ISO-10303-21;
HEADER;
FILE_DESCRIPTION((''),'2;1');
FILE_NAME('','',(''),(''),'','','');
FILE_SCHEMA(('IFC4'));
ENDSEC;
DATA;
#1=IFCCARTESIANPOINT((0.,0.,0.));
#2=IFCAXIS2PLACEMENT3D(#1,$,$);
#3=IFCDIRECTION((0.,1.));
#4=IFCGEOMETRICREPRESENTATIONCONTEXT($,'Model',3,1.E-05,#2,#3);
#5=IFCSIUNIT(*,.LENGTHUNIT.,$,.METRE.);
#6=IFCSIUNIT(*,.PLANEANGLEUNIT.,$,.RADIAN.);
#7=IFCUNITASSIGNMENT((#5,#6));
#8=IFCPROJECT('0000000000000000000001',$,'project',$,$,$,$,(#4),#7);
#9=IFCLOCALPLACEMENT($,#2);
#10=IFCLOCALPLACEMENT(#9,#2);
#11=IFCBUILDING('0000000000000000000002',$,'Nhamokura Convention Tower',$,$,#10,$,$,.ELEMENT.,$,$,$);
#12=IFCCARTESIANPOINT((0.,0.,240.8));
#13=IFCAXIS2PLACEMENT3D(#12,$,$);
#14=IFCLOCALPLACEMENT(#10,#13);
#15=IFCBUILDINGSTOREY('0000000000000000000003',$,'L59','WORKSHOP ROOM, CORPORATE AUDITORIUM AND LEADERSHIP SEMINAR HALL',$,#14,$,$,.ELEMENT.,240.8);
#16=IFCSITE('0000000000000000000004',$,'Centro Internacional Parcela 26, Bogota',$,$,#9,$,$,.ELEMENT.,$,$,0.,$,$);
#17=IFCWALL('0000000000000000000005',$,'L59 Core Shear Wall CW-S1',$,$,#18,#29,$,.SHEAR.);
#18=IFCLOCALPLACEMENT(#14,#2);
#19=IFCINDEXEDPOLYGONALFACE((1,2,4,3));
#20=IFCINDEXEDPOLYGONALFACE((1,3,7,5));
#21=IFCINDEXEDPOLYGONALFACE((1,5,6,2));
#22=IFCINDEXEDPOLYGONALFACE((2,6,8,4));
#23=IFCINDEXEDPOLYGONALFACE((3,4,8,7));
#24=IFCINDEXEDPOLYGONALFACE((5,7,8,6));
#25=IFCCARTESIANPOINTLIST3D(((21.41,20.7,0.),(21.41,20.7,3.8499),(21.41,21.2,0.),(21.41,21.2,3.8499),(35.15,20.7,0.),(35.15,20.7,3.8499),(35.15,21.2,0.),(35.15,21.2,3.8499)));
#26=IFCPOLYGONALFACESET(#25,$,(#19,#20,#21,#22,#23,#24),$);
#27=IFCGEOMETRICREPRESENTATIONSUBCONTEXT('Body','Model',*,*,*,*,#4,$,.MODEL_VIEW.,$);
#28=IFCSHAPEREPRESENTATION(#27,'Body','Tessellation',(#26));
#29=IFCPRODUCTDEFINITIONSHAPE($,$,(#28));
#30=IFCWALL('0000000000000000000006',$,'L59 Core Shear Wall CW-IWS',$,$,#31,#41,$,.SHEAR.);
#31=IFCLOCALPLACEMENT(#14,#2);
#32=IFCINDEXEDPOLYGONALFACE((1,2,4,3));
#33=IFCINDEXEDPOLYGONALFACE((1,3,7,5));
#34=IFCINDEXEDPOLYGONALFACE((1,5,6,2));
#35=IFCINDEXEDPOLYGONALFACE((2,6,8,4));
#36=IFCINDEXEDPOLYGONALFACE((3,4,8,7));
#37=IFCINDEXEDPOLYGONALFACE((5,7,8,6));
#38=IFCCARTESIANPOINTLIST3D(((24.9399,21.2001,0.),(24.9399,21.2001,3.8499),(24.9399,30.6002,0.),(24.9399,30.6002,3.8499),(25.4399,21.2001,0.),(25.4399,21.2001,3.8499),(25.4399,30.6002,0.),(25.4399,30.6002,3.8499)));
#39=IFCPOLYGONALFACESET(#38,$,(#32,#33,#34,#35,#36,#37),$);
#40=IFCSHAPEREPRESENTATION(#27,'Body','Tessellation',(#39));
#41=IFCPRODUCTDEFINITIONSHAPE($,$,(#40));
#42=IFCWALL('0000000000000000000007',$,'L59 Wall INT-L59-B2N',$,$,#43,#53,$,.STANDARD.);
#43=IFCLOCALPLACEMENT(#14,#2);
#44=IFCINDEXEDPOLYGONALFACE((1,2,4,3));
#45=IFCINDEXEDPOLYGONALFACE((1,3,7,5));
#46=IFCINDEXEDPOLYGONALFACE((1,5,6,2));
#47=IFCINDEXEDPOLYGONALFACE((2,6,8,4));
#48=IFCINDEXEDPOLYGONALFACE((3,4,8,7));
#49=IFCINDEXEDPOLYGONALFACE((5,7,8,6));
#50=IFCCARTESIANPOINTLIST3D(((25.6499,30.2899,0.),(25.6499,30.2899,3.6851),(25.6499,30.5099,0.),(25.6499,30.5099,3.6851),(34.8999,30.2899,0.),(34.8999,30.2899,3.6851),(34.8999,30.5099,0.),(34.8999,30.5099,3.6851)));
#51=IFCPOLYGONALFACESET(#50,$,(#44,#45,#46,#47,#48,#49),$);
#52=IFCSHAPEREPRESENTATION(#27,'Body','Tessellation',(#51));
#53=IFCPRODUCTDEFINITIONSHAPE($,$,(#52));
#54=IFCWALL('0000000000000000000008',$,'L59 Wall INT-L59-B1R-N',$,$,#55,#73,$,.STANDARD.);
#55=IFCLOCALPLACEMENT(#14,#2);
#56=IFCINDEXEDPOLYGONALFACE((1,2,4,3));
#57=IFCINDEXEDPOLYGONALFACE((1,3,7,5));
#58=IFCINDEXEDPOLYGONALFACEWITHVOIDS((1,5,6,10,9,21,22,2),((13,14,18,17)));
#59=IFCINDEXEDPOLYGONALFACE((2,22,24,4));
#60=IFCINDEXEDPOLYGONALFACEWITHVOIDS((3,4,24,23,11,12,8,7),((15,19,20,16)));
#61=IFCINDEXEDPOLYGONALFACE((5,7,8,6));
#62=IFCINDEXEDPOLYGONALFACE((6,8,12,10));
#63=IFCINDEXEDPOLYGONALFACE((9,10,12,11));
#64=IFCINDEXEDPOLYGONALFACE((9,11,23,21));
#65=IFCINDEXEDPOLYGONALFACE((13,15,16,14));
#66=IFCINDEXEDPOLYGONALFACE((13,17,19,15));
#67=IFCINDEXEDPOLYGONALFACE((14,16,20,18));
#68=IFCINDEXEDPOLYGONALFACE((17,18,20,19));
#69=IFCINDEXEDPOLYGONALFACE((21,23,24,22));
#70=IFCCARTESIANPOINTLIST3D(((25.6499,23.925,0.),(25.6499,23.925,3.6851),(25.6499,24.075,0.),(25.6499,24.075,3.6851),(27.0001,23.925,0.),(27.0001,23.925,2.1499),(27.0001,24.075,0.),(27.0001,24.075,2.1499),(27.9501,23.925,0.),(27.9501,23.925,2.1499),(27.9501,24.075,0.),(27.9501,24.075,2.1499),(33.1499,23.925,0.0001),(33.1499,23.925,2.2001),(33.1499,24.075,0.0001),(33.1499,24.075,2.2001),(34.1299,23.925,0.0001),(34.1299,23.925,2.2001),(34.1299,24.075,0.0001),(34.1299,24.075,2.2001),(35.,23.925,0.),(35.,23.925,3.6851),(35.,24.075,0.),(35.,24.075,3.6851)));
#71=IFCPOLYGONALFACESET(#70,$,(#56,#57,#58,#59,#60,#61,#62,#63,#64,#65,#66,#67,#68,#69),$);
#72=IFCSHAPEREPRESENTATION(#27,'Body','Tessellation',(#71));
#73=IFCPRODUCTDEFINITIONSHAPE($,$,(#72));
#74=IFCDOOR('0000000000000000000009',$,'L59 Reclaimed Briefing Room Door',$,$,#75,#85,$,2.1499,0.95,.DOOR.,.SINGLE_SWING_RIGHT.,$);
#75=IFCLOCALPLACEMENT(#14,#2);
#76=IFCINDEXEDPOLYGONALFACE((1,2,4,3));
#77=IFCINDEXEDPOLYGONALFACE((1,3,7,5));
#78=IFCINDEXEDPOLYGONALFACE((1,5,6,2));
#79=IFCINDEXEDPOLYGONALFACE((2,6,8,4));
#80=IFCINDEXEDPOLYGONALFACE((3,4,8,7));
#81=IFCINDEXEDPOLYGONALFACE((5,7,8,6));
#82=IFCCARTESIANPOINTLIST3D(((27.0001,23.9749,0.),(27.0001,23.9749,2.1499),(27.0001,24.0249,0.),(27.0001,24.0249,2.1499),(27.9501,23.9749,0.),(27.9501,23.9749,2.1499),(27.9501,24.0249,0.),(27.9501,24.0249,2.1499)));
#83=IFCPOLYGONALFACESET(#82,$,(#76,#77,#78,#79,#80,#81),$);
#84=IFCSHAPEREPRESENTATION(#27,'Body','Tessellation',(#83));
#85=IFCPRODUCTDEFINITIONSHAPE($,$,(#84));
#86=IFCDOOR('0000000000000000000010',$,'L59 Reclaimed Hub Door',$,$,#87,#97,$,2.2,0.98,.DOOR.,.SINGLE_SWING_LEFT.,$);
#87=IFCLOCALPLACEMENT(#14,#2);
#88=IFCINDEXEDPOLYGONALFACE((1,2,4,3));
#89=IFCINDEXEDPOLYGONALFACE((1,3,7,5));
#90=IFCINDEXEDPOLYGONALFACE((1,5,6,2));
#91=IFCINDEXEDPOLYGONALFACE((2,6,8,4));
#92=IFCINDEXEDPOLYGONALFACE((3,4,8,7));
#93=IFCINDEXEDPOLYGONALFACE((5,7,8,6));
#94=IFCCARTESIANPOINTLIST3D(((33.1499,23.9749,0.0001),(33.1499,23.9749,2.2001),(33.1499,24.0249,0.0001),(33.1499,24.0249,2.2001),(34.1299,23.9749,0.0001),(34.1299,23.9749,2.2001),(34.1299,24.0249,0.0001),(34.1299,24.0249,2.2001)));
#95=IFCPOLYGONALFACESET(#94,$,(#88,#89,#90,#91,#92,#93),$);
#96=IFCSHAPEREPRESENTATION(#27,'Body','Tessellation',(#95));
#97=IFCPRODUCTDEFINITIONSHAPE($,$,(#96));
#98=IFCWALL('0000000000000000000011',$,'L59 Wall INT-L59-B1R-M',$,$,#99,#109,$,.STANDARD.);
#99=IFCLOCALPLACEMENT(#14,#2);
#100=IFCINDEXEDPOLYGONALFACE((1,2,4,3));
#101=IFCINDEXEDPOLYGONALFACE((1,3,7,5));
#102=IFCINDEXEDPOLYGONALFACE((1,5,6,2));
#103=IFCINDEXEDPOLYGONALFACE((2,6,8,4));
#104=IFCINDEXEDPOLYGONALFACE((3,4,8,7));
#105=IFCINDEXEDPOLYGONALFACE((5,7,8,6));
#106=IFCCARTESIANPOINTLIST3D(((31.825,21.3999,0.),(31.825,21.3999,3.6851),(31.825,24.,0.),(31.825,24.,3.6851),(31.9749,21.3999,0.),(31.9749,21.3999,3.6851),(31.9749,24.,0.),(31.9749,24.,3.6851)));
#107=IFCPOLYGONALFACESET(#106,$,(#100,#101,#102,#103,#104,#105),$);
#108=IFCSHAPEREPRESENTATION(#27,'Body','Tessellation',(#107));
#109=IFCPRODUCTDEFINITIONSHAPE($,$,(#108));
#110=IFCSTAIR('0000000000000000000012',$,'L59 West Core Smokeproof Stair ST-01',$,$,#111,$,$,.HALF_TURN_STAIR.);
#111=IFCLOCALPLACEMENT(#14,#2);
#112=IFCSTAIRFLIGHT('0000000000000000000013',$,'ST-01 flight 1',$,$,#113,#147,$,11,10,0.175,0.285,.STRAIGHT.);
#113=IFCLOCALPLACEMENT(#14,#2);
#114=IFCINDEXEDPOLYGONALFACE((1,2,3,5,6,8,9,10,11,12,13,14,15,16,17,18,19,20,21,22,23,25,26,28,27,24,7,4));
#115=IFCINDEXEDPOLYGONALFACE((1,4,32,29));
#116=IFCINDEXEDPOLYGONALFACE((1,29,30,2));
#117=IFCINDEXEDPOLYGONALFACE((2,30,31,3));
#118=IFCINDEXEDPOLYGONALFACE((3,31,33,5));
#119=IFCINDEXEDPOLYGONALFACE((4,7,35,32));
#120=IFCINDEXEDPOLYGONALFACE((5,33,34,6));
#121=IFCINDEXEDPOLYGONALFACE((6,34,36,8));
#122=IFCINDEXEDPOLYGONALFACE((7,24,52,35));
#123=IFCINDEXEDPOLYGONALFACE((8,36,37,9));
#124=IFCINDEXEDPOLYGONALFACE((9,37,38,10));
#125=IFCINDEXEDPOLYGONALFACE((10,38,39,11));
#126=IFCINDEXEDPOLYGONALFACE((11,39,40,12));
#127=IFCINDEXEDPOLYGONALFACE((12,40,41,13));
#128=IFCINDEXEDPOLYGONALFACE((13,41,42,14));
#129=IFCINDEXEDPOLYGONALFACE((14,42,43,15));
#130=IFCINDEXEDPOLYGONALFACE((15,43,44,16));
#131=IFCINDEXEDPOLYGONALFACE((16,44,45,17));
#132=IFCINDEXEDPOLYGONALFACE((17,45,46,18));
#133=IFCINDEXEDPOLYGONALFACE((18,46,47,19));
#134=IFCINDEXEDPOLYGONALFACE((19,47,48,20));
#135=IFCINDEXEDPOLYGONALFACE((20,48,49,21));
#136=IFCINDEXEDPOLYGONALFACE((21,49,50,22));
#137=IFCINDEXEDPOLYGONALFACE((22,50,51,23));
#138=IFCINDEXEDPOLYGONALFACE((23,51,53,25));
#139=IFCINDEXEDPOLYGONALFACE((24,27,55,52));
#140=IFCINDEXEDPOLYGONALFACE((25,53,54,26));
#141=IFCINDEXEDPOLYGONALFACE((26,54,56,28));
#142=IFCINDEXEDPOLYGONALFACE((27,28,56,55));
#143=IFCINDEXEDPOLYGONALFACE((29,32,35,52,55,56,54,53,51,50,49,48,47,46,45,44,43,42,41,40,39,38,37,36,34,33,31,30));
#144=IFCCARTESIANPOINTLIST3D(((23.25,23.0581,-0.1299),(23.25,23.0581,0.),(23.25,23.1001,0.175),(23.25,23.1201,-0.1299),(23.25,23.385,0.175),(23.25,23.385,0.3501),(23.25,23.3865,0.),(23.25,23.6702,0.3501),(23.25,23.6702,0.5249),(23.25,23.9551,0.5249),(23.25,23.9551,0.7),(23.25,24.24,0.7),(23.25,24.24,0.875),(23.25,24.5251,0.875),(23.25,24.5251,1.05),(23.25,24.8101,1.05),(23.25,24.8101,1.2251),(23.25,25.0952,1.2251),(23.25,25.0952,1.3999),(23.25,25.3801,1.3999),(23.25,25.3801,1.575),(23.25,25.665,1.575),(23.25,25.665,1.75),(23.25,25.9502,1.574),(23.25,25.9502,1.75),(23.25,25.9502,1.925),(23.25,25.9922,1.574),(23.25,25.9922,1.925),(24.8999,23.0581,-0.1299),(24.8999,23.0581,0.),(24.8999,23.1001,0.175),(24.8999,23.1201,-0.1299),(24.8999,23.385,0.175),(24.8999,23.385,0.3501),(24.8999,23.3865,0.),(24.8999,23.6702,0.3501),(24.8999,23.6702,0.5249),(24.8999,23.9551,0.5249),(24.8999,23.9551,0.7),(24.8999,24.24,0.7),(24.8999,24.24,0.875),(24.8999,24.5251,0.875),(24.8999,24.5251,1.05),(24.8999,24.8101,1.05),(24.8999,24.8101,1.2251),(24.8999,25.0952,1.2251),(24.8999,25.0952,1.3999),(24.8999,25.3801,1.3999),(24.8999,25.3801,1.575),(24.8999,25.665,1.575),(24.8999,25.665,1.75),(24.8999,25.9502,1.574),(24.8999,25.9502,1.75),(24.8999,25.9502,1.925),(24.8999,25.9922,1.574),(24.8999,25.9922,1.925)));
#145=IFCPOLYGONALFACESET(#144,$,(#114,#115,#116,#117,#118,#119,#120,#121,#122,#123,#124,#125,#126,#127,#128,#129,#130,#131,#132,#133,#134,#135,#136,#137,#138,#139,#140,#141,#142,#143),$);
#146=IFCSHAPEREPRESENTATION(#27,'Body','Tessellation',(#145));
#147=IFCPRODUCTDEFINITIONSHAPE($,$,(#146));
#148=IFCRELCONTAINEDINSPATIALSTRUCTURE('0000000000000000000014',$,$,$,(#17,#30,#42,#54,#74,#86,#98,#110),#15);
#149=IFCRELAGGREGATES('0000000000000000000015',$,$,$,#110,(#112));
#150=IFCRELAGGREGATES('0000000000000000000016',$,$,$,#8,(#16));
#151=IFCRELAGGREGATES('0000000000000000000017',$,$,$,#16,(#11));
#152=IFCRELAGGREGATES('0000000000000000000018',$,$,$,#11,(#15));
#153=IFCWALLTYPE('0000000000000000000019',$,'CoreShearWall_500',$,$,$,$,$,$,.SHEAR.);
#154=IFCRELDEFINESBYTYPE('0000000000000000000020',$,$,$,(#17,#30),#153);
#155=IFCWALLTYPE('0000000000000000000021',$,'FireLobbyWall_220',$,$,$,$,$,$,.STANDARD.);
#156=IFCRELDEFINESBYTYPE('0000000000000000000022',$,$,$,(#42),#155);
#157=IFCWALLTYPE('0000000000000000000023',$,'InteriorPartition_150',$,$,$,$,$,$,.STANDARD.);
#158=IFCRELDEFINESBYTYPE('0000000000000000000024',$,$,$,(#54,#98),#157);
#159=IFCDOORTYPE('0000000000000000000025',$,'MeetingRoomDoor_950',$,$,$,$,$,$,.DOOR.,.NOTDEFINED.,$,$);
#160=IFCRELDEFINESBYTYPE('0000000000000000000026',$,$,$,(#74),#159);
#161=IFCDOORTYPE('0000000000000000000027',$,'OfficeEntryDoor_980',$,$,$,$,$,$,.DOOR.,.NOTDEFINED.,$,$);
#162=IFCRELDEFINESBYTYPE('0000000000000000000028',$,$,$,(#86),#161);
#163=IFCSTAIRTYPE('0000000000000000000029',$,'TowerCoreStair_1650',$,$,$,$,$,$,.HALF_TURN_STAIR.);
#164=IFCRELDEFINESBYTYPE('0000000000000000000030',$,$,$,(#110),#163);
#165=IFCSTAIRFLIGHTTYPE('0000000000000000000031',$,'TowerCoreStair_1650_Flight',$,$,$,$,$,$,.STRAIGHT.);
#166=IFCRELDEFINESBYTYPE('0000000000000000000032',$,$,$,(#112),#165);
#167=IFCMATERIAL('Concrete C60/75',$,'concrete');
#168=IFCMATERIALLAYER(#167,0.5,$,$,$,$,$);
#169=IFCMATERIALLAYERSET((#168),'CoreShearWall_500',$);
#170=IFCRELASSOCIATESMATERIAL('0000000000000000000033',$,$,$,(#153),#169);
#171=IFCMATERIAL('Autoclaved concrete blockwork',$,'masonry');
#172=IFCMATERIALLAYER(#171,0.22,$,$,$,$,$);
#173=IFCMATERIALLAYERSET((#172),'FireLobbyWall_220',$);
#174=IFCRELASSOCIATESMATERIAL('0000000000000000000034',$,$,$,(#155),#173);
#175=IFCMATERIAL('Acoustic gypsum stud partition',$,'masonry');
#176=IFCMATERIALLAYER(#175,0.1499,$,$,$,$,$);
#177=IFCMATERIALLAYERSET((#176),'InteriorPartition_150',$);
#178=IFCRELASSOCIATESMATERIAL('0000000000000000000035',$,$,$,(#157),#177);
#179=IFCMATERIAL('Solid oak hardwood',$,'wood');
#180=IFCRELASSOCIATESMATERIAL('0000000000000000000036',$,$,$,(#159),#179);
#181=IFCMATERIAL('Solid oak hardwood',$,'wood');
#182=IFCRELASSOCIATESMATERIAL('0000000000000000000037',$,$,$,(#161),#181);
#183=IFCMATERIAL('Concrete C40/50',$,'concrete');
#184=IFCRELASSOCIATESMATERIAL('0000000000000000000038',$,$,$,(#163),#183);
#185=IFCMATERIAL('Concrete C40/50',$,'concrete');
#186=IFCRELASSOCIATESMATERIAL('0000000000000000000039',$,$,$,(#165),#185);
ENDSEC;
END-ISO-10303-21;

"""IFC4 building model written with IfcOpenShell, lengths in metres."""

from ifc_helpers import new_model, si_unit, direction, frame, frame_2d, origin, place, context, subcontext, project, spatial, polyline, rectangle, outline, extrude, material, layer, layer_set, type_object, element, fill, aggregate, save


model = new_model("IFC4")

# Units and contexts
model_context = context("Model", 3, precision=1e-05, world=origin(), true_north=direction((0.0, 1.0)))
body_context = subcontext(model_context, "Body", "Model", "MODEL_VIEW")
ifc_project = project(units=[si_unit("LENGTHUNIT", "METRE"), si_unit("PLANEANGLEUNIT", "RADIAN")], contexts=[model_context])

# Site, building, storey
site_placement = place(None, origin())
site = spatial("IfcSite", under=ifc_project, at=site_placement, Name="Centro Internacional Parcela 26, Bogota", CompositionType="ELEMENT", RefElevation=0.0)
building_placement = place(site_placement, origin())
building = spatial("IfcBuilding", under=site, at=building_placement, Name="Nhamokura Convention Tower", CompositionType="ELEMENT")
storey_placement = place(building_placement, frame((0.0, 0.0, 240.8)))
storey = spatial("IfcBuildingStorey", under=building, at=storey_placement, Name="L59", Description="WORKSHOP ROOM, CORPORATE AUDITORIUM AND LEADERSHIP SEMINAR HALL", CompositionType="ELEMENT", Elevation=240.8)

# Shared definitions
ifc_material_1 = material(Name="Concrete C60/75", Category="concrete")
ifc_layer_1 = layer(ifc_material_1, 0.5)
ifc_layer_set_1 = layer_set([ifc_layer_1], Name="CoreShearWall_500")
wall_type_1 = type_object("IfcWallType", Name="CoreShearWall_500", PredefinedType="SHEAR", material=ifc_layer_set_1)

# Walls
wall_1_placement = place(storey_placement, frame((21.4099, 20.95, 0.0), z_axis=(0.0, 0.0, 1.0), x_axis=(1.0, 0.0, 0.0)))
element("IfcWall", 1, at=wall_1_placement, inside=storey, type_object=wall_type_1, Name="L59 Core Shear Wall CW-S1", PredefinedType="SHEAR", context=body_context, shape_type="SweptSolid", body=[
    extrude(rectangle(XDim=13.74, YDim=0.5, at=frame_2d((6.8701, 0.0))), origin(), (0.0, 0.0, 1.0), 3.8499),
])
wall_2_placement = place(storey_placement, frame((25.1899, 21.2, 0.0), z_axis=(0.0, 0.0, 1.0), x_axis=(0.0, 1.0, 0.0)))
element("IfcWall", 2, at=wall_2_placement, inside=storey, type_object=wall_type_1, Name="L59 Core Shear Wall CW-IWS", PredefinedType="SHEAR", context=body_context, shape_type="SweptSolid", body=[
    extrude(rectangle(XDim=9.4001, YDim=0.5, at=frame_2d((4.7002, 0.0))), origin(), (0.0, 0.0, 1.0), 3.8499),
])

# Shared definitions
ifc_material_2 = material(Name="Autoclaved concrete blockwork", Category="masonry")
ifc_layer_2 = layer(ifc_material_2, 0.22)
ifc_layer_set_2 = layer_set([ifc_layer_2], Name="FireLobbyWall_220")
wall_type_2 = type_object("IfcWallType", Name="FireLobbyWall_220", PredefinedType="STANDARD", material=ifc_layer_set_2)

# Wall
wall_3_placement = place(storey_placement, frame((25.6499, 30.3999, 0.0), z_axis=(0.0, 0.0, 1.0), x_axis=(1.0, 0.0, 0.0)))
element("IfcWall", 3, at=wall_3_placement, inside=storey, type_object=wall_type_2, Name="L59 Wall INT-L59-B2N", PredefinedType="STANDARD", context=body_context, shape_type="SweptSolid", body=[
    extrude(rectangle(XDim=9.25, YDim=0.22, at=frame_2d((4.625, 0.0))), origin(), (0.0, 0.0, 1.0), 3.6851),
])

# Wall, openings, doors
ifc_material_3 = material(Name="Acoustic gypsum stud partition", Category="masonry")
ifc_layer_3 = layer(ifc_material_3, 0.1499)
ifc_layer_set_3 = layer_set([ifc_layer_3], Name="InteriorPartition_150")
wall_type_3 = type_object("IfcWallType", Name="InteriorPartition_150", PredefinedType="STANDARD", material=ifc_layer_set_3)
wall_4_placement = place(storey_placement, frame((25.6499, 24.0, 0.0), z_axis=(0.0, 0.0, 1.0), x_axis=(1.0, 0.0, 0.0)))
wall_4 = element("IfcWall", 4, at=wall_4_placement, inside=storey, type_object=wall_type_3, Name="L59 Wall INT-L59-B1R-N", PredefinedType="STANDARD", context=body_context, shape_type="SweptSolid", body=[
    extrude(rectangle(XDim=9.3501, YDim=0.1499, at=frame_2d((4.675, 0.0))), origin(), (0.0, 0.0, 1.0), 3.6851),
])
opening_1_placement = place(wall_4_placement, frame((1.3501, 0.0, 0.0)))
opening_1 = element("IfcOpeningElement", 5, at=opening_1_placement, cuts=wall_4, PredefinedType="OPENING", context=body_context, shape_type="SweptSolid", body=[
    extrude(rectangle(XDim=0.95, YDim=2.1499, at=frame_2d((0.4751, 1.075))), frame((0.0, 0.085, 0.0), z_axis=(0.0, -1.0, 0.0), x_axis=(1.0, 0.0, 0.0)), (0.0, 0.0, 1.0), 0.1699),
])
opening_2_placement = place(wall_4_placement, frame((7.5, 0.0, 0.0)))
opening_2 = element("IfcOpeningElement", 6, at=opening_2_placement, cuts=wall_4, PredefinedType="OPENING", context=body_context, shape_type="SweptSolid", body=[
    extrude(rectangle(XDim=0.98, YDim=2.2, at=frame_2d((0.49, 1.1001))), frame((0.0, 0.085, 0.0), z_axis=(0.0, -1.0, 0.0), x_axis=(1.0, 0.0, 0.0)), (0.0, 0.0, 1.0), 0.1699),
])
ifc_material_4 = material(Name="Solid oak hardwood", Category="wood")
door_type_1 = type_object("IfcDoorType", Name="MeetingRoomDoor_950", OperationType="NOTDEFINED", PredefinedType="DOOR", material=ifc_material_4)
door_1_placement = place(opening_1_placement, origin())
door_1 = element("IfcDoor", 7, at=door_1_placement, inside=storey, type_object=door_type_1, Name="L59 Reclaimed Briefing Room Door", OperationType="SINGLE_SWING_RIGHT", OverallHeight=2.1499, OverallWidth=0.95, PredefinedType="DOOR", context=body_context, shape_type="SweptSolid", body=[
    extrude(rectangle(XDim=0.95, YDim=2.1499, at=frame_2d((0.4751, 1.075))), frame((0.0, 0.0249, 0.0), z_axis=(0.0, -1.0, 0.0), x_axis=(1.0, 0.0, 0.0)), (0.0, 0.0, 1.0), 0.05),
])
fill(opening_1, door_1)
ifc_material_5 = material(Name="Solid oak hardwood", Category="wood")
door_type_2 = type_object("IfcDoorType", Name="OfficeEntryDoor_980", OperationType="NOTDEFINED", PredefinedType="DOOR", material=ifc_material_5)
door_2_placement = place(opening_2_placement, origin())
door_2 = element("IfcDoor", 8, at=door_2_placement, inside=storey, type_object=door_type_2, Name="L59 Reclaimed Hub Door", OperationType="SINGLE_SWING_LEFT", OverallHeight=2.2, OverallWidth=0.98, PredefinedType="DOOR", context=body_context, shape_type="SweptSolid", body=[
    extrude(rectangle(XDim=0.98, YDim=2.2, at=frame_2d((0.49, 1.1001))), frame((0.0, 0.0249, 0.0), z_axis=(0.0, -1.0, 0.0), x_axis=(1.0, 0.0, 0.0)), (0.0, 0.0, 1.0), 0.05),
])
fill(opening_2, door_2)

# Wall
wall_5_placement = place(storey_placement, frame((31.8999, 21.3999, 0.0), z_axis=(0.0, 0.0, 1.0), x_axis=(0.0, 1.0, 0.0)))
element("IfcWall", 9, at=wall_5_placement, inside=storey, type_object=wall_type_3, Name="L59 Wall INT-L59-B1R-M", PredefinedType="STANDARD", context=body_context, shape_type="SweptSolid", body=[
    extrude(rectangle(XDim=2.6001, YDim=0.1499, at=frame_2d((1.3, 0.0))), origin(), (0.0, 0.0, 1.0), 3.6851),
])

# Stair, stair flight
ifc_material_6 = material(Name="Concrete C40/50", Category="concrete")
stair_type = type_object("IfcStairType", Name="TowerCoreStair_1650", PredefinedType="HALF_TURN_STAIR", material=ifc_material_6)
stair_placement = place(storey_placement, origin())
stair = element("IfcStair", 10, at=stair_placement, inside=storey, type_object=stair_type, Name="L59 West Core Smokeproof Stair ST-01", PredefinedType="HALF_TURN_STAIR")
ifc_material_7 = material(Name="Concrete C40/50", Category="concrete")
stair_flight_type = type_object("IfcStairFlightType", Name="TowerCoreStair_1650_Flight", PredefinedType="STRAIGHT", material=ifc_material_7)
stair_flight_1_placement = place(storey_placement, frame((24.075, 23.1001, 0.0), z_axis=(0.0, 0.0, 1.0), x_axis=(0.0, 1.0, 0.0)))
stair_flight_1 = element("IfcStairFlight", 11, at=stair_flight_1_placement, type_object=stair_flight_type, Name="ST-01 flight 1", NumberOfRisers=11, NumberOfTreads=10, PredefinedType="STRAIGHT", RiserHeight=0.175, TreadLength=0.285, context=body_context, shape_type="SweptSolid", body=[
    extrude(outline(polyline([(-0.042, 0.0), (0.0, 0.175), (0.2849, 0.175), (0.2849, 0.3501), (0.5701, 0.3501), (0.5701, 0.5249), (0.855, 0.5249), (0.855, 0.7), (1.1399, 0.7), (1.1399, 0.875), (1.425, 0.875), (1.425, 1.05), (1.71, 1.05), (1.71, 1.2251), (1.9951, 1.2251), (1.9951, 1.3999), (2.28, 1.3999), (2.28, 1.575), (2.5649, 1.575), (2.5649, 1.75), (2.8501, 1.75), (2.8501, 1.925), (2.8921, 1.925), (2.8921, 1.574), (2.8501, 1.574), (0.2864, 0.0), (0.02, -0.1299), (-0.042, -0.1299), (-0.042, 0.0)])), frame((0.0, 0.825, 0.0), z_axis=(0.0, -1.0, 0.0), x_axis=(1.0, 0.0, 0.0)), (0.0, 0.0, 1.0), 1.6499),
])
aggregate(stair, [stair_flight_1])

save(model, "model.ifc")
